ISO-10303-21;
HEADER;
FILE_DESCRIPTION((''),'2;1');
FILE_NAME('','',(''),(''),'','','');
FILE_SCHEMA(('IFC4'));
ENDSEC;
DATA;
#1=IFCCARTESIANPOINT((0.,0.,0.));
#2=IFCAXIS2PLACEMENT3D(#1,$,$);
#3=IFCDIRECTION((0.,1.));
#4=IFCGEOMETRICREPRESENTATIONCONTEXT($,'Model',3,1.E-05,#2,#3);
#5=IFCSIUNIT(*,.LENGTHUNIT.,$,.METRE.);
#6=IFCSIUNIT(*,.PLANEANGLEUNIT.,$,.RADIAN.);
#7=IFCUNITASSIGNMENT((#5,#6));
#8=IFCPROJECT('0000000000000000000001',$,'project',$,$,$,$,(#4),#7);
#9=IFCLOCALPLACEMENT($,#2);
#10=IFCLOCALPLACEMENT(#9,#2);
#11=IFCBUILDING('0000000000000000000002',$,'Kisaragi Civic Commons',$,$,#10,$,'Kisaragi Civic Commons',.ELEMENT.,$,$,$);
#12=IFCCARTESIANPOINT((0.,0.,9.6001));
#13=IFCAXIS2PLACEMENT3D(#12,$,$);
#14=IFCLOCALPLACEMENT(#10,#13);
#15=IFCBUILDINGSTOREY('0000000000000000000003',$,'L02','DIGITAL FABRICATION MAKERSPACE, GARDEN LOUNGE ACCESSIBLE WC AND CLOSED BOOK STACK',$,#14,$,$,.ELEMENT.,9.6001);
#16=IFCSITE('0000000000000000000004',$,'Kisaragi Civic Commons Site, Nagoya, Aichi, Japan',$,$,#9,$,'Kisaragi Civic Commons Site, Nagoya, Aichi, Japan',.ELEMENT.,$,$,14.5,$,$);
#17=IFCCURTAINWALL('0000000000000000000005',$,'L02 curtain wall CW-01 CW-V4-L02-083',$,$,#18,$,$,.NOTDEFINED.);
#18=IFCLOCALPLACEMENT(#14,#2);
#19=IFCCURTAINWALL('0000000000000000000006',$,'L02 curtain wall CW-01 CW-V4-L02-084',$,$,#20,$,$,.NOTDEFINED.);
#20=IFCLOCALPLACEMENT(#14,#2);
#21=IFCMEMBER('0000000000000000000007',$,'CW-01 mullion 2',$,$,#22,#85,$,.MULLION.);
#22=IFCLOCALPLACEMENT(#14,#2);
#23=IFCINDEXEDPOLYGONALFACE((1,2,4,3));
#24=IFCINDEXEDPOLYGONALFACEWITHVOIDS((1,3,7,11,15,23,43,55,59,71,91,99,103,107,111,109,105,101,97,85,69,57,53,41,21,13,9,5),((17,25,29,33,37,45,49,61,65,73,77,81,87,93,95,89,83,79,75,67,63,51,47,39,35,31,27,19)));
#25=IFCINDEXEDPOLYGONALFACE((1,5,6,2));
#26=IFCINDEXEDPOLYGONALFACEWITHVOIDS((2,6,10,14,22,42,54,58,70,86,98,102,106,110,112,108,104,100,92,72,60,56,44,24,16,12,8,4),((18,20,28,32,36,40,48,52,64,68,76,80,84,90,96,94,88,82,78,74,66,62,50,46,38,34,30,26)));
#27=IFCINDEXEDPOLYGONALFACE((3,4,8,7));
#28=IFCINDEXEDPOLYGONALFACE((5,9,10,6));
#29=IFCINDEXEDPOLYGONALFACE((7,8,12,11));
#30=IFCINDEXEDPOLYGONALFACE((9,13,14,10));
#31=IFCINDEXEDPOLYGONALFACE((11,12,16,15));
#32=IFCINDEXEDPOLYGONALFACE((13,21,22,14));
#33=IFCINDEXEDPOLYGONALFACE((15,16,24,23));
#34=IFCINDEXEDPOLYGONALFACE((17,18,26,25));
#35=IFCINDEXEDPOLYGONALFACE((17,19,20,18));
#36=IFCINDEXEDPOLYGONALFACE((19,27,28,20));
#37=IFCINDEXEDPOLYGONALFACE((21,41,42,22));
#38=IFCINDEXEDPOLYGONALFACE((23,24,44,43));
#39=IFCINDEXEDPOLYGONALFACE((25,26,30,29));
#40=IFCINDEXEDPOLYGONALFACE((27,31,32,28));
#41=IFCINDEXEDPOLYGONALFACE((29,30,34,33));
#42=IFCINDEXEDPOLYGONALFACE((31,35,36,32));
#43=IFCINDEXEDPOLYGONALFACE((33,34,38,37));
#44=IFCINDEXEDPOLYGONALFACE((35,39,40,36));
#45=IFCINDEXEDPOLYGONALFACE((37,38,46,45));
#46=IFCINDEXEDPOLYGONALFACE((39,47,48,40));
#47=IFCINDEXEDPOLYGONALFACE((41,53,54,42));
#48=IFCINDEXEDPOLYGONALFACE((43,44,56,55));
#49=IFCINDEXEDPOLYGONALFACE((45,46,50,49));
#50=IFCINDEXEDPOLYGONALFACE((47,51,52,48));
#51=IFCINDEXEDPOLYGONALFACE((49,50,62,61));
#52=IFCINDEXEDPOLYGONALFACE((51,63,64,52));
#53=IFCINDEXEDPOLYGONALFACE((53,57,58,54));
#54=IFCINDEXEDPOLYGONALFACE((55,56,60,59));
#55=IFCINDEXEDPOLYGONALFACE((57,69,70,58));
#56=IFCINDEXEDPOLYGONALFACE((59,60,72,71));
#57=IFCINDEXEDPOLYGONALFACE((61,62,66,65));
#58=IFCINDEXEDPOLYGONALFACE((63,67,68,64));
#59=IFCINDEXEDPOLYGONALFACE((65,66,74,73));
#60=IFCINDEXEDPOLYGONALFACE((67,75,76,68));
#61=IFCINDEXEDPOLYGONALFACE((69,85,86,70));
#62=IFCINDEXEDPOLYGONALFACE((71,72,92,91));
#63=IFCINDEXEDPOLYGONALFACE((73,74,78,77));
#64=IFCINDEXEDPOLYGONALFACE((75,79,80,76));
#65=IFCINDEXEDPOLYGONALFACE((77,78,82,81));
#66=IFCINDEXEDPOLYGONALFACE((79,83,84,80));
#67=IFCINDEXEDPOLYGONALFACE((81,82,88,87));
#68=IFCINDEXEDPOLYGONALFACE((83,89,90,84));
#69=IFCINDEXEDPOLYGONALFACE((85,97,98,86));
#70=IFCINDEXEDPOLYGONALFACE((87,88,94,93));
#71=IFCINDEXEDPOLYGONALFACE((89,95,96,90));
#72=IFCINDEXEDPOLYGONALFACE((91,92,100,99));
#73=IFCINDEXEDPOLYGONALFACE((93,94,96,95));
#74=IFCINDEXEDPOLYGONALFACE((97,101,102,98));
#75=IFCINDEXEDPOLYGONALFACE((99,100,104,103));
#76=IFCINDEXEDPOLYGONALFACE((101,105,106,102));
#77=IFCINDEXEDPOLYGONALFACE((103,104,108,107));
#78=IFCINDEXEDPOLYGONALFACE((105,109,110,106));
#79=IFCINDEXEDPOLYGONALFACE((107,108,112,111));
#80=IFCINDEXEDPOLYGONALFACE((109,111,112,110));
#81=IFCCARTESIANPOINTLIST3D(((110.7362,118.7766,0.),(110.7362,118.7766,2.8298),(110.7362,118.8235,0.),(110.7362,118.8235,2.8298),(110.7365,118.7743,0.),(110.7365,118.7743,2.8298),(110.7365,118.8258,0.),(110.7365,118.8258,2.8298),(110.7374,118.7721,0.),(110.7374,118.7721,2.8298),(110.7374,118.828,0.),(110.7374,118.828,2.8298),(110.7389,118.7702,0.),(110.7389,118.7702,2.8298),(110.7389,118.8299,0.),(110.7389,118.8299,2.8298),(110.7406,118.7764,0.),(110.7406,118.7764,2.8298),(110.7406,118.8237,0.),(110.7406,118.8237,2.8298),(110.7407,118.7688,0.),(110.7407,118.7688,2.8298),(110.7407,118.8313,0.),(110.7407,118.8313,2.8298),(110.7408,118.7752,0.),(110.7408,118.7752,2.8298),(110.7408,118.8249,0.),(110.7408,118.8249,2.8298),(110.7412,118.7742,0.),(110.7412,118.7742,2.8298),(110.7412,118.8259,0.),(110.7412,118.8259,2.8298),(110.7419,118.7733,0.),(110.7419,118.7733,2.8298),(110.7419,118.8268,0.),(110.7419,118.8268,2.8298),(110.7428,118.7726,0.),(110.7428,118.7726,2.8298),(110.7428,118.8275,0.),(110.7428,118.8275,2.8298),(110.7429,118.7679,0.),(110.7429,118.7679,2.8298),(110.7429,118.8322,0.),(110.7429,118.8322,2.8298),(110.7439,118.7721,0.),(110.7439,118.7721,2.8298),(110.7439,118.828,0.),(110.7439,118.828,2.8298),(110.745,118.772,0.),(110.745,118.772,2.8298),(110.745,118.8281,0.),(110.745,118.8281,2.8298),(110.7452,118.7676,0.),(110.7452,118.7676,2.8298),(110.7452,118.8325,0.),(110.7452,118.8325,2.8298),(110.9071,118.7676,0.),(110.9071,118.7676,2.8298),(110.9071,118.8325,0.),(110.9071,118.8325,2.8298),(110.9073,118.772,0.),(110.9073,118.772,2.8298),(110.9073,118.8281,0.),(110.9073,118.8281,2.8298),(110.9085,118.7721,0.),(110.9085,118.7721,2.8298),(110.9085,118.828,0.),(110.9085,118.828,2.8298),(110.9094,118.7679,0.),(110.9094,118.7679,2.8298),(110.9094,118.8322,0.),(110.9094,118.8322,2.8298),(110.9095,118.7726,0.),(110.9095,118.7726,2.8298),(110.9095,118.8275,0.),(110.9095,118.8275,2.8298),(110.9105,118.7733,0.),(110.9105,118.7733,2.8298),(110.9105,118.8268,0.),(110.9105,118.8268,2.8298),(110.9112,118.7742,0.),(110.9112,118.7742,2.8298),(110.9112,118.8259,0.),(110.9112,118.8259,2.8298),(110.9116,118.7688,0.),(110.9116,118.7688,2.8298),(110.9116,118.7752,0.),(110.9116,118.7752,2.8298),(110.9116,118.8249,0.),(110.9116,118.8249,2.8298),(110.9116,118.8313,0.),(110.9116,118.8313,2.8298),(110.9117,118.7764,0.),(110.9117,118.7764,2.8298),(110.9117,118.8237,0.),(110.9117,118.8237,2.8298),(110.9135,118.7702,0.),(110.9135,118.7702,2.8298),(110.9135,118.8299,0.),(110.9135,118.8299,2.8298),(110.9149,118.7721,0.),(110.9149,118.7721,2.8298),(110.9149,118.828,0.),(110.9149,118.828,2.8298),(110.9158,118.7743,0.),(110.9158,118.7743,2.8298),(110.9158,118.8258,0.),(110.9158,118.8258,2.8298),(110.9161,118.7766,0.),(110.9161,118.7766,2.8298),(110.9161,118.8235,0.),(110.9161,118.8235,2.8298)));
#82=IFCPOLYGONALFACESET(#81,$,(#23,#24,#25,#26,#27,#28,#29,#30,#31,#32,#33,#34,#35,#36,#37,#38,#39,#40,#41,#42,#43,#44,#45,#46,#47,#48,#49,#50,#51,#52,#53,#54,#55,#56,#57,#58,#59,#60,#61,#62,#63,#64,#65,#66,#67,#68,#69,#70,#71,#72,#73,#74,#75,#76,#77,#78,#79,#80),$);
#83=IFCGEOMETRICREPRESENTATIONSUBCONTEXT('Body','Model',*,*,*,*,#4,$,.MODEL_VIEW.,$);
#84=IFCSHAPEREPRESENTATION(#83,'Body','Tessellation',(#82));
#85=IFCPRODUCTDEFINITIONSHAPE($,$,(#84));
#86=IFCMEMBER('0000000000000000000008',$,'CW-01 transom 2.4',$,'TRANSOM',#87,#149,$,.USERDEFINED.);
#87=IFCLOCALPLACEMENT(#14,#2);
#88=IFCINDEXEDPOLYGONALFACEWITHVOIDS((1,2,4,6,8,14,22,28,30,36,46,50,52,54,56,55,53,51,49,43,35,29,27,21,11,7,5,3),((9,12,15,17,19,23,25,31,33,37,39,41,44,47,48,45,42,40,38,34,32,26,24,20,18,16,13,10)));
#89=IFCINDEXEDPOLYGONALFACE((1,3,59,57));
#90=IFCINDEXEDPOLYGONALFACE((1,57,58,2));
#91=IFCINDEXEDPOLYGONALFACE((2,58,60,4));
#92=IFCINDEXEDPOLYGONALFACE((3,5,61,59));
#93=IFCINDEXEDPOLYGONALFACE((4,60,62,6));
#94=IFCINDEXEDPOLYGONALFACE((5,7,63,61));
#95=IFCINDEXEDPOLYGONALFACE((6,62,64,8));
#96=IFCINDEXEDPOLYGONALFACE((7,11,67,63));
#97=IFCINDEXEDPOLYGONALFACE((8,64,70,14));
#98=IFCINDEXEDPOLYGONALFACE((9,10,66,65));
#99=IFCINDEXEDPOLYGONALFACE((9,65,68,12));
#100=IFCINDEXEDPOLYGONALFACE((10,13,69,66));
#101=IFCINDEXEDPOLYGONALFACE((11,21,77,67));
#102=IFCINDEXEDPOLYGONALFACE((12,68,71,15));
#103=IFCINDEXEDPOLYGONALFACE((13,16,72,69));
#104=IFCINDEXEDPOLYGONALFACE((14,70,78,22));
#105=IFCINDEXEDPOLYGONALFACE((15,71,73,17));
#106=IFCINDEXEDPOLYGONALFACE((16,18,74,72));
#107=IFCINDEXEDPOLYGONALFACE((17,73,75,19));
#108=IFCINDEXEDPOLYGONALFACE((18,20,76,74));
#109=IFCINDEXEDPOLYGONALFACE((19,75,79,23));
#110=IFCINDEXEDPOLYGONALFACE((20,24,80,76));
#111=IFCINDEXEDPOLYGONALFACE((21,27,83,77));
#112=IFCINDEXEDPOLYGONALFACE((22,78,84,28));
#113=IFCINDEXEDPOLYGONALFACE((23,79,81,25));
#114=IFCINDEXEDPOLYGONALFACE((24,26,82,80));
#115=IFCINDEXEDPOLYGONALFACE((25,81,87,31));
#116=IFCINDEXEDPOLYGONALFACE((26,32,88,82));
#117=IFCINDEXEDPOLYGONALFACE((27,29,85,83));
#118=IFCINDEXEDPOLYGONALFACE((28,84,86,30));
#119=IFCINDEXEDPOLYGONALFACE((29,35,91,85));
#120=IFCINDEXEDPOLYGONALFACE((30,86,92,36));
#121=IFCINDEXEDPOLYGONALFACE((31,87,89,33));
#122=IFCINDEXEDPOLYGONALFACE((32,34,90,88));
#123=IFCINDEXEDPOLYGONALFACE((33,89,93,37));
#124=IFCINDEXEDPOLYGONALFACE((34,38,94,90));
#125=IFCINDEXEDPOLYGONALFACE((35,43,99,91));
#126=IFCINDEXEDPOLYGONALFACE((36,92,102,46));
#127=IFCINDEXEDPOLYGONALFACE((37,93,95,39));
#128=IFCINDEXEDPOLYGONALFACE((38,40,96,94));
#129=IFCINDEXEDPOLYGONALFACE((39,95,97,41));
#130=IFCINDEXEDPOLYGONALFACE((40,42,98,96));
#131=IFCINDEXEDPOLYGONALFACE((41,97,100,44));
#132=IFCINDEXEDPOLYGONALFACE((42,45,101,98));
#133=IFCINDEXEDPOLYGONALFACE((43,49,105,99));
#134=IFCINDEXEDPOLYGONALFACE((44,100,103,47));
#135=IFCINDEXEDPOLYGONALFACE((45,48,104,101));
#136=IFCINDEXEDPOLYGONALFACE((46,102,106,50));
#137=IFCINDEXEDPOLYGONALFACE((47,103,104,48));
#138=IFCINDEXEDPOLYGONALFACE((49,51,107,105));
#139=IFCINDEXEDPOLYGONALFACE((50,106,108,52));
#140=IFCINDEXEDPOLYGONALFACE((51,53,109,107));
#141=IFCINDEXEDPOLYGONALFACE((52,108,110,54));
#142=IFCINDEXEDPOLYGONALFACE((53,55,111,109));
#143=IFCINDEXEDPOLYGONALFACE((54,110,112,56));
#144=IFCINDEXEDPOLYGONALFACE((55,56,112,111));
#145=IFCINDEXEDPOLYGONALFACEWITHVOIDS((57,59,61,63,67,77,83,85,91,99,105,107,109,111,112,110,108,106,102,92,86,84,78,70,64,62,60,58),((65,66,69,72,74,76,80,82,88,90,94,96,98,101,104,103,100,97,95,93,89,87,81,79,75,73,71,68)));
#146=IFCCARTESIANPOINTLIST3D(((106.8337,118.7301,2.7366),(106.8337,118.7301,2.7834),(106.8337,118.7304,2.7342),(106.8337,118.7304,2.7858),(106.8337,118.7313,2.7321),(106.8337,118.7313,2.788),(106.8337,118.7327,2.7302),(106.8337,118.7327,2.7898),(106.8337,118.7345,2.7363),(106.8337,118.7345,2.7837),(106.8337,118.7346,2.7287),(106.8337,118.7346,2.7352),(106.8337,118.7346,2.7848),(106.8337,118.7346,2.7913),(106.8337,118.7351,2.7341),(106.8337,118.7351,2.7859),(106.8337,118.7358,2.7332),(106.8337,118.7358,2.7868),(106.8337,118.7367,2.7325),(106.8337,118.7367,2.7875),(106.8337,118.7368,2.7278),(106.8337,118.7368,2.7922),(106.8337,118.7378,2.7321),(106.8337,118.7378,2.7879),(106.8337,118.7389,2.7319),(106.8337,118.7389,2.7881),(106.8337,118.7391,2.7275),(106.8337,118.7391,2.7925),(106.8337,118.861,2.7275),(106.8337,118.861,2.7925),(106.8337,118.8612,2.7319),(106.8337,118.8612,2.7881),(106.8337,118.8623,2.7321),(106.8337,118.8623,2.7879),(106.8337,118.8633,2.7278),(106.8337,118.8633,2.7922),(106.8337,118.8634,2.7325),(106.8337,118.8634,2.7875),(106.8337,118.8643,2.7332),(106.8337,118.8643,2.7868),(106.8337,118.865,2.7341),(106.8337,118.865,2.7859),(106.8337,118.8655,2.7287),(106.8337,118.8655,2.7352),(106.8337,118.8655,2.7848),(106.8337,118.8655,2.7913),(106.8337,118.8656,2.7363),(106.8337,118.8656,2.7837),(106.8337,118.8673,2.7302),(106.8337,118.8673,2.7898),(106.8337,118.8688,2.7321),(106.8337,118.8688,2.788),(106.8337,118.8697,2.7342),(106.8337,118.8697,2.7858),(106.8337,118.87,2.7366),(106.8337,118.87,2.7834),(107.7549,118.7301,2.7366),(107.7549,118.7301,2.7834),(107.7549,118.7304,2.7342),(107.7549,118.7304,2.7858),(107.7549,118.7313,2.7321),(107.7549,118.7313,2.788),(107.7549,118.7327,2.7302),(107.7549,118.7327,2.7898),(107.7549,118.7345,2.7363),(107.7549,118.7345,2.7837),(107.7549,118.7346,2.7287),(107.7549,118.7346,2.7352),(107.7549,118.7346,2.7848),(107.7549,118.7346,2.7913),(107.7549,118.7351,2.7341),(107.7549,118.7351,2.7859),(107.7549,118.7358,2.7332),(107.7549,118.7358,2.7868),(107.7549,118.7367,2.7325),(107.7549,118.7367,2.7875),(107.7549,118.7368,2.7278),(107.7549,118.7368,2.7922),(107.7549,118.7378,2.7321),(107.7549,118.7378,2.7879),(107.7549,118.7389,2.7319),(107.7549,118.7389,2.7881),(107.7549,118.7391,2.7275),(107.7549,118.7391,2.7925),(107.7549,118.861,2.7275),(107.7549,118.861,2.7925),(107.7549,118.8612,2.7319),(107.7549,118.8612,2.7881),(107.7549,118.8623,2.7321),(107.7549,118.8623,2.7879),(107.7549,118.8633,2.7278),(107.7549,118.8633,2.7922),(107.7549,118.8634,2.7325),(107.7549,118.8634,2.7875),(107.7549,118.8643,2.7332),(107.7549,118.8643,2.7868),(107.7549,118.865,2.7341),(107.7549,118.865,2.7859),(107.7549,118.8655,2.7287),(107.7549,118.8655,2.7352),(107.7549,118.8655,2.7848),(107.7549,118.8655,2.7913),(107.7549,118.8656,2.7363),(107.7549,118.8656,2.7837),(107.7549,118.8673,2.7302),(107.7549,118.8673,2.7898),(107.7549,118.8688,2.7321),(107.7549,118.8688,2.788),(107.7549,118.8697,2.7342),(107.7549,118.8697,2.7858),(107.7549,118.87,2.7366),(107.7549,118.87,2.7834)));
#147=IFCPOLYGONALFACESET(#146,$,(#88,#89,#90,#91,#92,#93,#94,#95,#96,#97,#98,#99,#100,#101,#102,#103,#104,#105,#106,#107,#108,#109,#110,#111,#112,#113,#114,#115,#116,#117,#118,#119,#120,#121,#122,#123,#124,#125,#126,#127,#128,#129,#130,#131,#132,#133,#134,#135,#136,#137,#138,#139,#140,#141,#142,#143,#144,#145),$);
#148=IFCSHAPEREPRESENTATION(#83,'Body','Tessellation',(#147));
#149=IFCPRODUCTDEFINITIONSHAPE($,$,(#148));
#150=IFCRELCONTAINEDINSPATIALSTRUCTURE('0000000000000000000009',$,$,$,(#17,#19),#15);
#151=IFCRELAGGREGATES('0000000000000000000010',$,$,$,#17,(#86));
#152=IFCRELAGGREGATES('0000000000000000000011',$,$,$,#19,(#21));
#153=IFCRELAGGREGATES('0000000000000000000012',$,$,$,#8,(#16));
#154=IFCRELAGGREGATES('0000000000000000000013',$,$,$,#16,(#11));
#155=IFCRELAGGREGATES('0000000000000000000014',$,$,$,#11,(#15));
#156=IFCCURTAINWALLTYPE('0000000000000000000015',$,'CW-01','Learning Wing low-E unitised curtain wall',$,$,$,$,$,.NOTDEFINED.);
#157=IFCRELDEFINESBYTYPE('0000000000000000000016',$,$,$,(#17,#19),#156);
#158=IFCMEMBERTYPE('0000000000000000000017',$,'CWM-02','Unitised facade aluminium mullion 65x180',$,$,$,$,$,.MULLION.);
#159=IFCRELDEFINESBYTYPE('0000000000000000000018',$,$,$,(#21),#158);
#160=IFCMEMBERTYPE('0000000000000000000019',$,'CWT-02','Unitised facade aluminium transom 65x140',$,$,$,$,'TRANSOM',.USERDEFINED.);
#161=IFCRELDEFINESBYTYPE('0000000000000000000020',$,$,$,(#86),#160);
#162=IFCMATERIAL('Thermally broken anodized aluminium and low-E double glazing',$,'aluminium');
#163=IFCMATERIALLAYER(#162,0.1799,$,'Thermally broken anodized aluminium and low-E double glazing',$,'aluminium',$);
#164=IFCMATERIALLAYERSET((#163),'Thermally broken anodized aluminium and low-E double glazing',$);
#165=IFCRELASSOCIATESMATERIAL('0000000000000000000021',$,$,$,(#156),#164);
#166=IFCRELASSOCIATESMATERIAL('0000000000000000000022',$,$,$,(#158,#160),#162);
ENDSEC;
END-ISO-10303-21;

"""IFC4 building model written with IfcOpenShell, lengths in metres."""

from ifc_helpers import new_model, si_unit, direction, frame, origin, origin_2d, place, context, subcontext, project, spatial, hollow_rectangle, extrude, material, layer, layer_set, material_profile, profile_set, type_object, element, aggregate, save


model = new_model("IFC4")

# Units and contexts
model_context = context("Model", 3, precision=1e-05, world=origin(), true_north=direction((0.0, 1.0)))
body_context = subcontext(model_context, "Body", "Model", "MODEL_VIEW")
ifc_project = project(units=[si_unit("LENGTHUNIT", "METRE"), si_unit("PLANEANGLEUNIT", "RADIAN")], contexts=[model_context])

# Site, building, storey
site_placement = place(None, origin())
site = spatial("IfcSite", under=ifc_project, at=site_placement, Name="Kisaragi Civic Commons Site, Nagoya, Aichi, Japan", LongName="Kisaragi Civic Commons Site, Nagoya, Aichi, Japan", CompositionType="ELEMENT", RefElevation=14.5)
building_placement = place(site_placement, origin())
building = spatial("IfcBuilding", under=site, at=building_placement, Name="Kisaragi Civic Commons", LongName="Kisaragi Civic Commons", CompositionType="ELEMENT")
storey_placement = place(building_placement, frame((0.0, 0.0, 9.6001)))
storey = spatial("IfcBuildingStorey", under=building, at=storey_placement, Name="L02", Description="DIGITAL FABRICATION MAKERSPACE, GARDEN LOUNGE ACCESSIBLE WC AND CLOSED BOOK STACK", CompositionType="ELEMENT", Elevation=9.6001)

# Curtain walls, member
ifc_material = material(Name="Thermally broken anodized aluminium and low-E double glazing", Category="aluminium")
ifc_layer_1 = layer(ifc_material, 0.1799, Name="Thermally broken anodized aluminium and low-E double glazing", Category="aluminium")
ifc_layer_set_1 = layer_set([ifc_layer_1], Name="Thermally broken anodized aluminium and low-E double glazing")
curtain_wall_type = type_object("IfcCurtainWallType", Name="CW-01", Description="Learning Wing low-E unitised curtain wall", PredefinedType="NOTDEFINED", material=ifc_layer_set_1)
curtain_wall_1_placement = place(storey_placement, origin())
curtain_wall_1 = element("IfcCurtainWall", 1, at=curtain_wall_1_placement, inside=storey, type_object=curtain_wall_type, Name="L02 curtain wall CW-01 CW-V4-L02-083", PredefinedType="NOTDEFINED")
ifc_material_profile_1 = material_profile(ifc_material, hollow_rectangle(XDim=0.0649, YDim=0.1799, WallThickness=0.0044, InnerFilletRadius=0.0044, OuterFilletRadius=0.009, at=origin_2d()), Name="CWM-65x180x4.5", Category="aluminium")
ifc_profile_set_1 = profile_set([ifc_material_profile_1], Name="Thermally broken anodized aluminium and low-E double glazing")
member_type_1 = type_object("IfcMemberType", Name="CWM-02", Description="Unitised facade aluminium mullion 65x180", PredefinedType="MULLION", material=ifc_profile_set_1)
curtain_wall_2_placement = place(storey_placement, origin())
curtain_wall_2 = element("IfcCurtainWall", 2, at=curtain_wall_2_placement, inside=storey, type_object=curtain_wall_type, Name="L02 curtain wall CW-01 CW-V4-L02-084", PredefinedType="NOTDEFINED")
member_1_placement = place(storey_placement, frame((110.8262, 118.8, 0.0), z_axis=(0.0, 0.0, 1.0), x_axis=(0.0, 1.0, 0.0)))
member_1 = element("IfcMember", 3, at=member_1_placement, type_object=member_type_1, Name="CW-01 mullion 2", PredefinedType="MULLION", context=body_context, shape_type="SweptSolid", body=[
    extrude(hollow_rectangle(XDim=0.0649, YDim=0.1799, WallThickness=0.0044, InnerFilletRadius=0.0044, OuterFilletRadius=0.009, at=origin_2d()), origin(), (0.0, 0.0, 1.0), 2.8298),
])

# Member
ifc_material_profile_2 = material_profile(ifc_material, hollow_rectangle(XDim=0.1399, YDim=0.0649, WallThickness=0.0044, InnerFilletRadius=0.0044, OuterFilletRadius=0.009, at=origin_2d()), Name="CWT-65x140x4.5", Category="aluminium")
ifc_profile_set_2 = profile_set([ifc_material_profile_2], Name="Thermally broken anodized aluminium and low-E double glazing")
member_type_2 = type_object("IfcMemberType", Name="CWT-02", Description="Unitised facade aluminium transom 65x140", ElementType="TRANSOM", PredefinedType="USERDEFINED", material=ifc_profile_set_2)
member_2_placement = place(storey_placement, frame((106.8337, 118.8, 2.76), z_axis=(1.0, 0.0, 0.0), x_axis=(0.0, 1.0, 0.0)))
member_2 = element("IfcMember", 4, at=member_2_placement, type_object=member_type_2, Name="CW-01 transom 2.4", ObjectType="TRANSOM", PredefinedType="USERDEFINED", context=body_context, shape_type="SweptSolid", body=[
    extrude(hollow_rectangle(XDim=0.1399, YDim=0.0649, WallThickness=0.0044, InnerFilletRadius=0.0044, OuterFilletRadius=0.009, at=origin_2d()), origin(), (0.0, 0.0, 1.0), 0.9211),
])

aggregate(curtain_wall_1, [member_2])
aggregate(curtain_wall_2, [member_1])

save(model, "model.ifc")
